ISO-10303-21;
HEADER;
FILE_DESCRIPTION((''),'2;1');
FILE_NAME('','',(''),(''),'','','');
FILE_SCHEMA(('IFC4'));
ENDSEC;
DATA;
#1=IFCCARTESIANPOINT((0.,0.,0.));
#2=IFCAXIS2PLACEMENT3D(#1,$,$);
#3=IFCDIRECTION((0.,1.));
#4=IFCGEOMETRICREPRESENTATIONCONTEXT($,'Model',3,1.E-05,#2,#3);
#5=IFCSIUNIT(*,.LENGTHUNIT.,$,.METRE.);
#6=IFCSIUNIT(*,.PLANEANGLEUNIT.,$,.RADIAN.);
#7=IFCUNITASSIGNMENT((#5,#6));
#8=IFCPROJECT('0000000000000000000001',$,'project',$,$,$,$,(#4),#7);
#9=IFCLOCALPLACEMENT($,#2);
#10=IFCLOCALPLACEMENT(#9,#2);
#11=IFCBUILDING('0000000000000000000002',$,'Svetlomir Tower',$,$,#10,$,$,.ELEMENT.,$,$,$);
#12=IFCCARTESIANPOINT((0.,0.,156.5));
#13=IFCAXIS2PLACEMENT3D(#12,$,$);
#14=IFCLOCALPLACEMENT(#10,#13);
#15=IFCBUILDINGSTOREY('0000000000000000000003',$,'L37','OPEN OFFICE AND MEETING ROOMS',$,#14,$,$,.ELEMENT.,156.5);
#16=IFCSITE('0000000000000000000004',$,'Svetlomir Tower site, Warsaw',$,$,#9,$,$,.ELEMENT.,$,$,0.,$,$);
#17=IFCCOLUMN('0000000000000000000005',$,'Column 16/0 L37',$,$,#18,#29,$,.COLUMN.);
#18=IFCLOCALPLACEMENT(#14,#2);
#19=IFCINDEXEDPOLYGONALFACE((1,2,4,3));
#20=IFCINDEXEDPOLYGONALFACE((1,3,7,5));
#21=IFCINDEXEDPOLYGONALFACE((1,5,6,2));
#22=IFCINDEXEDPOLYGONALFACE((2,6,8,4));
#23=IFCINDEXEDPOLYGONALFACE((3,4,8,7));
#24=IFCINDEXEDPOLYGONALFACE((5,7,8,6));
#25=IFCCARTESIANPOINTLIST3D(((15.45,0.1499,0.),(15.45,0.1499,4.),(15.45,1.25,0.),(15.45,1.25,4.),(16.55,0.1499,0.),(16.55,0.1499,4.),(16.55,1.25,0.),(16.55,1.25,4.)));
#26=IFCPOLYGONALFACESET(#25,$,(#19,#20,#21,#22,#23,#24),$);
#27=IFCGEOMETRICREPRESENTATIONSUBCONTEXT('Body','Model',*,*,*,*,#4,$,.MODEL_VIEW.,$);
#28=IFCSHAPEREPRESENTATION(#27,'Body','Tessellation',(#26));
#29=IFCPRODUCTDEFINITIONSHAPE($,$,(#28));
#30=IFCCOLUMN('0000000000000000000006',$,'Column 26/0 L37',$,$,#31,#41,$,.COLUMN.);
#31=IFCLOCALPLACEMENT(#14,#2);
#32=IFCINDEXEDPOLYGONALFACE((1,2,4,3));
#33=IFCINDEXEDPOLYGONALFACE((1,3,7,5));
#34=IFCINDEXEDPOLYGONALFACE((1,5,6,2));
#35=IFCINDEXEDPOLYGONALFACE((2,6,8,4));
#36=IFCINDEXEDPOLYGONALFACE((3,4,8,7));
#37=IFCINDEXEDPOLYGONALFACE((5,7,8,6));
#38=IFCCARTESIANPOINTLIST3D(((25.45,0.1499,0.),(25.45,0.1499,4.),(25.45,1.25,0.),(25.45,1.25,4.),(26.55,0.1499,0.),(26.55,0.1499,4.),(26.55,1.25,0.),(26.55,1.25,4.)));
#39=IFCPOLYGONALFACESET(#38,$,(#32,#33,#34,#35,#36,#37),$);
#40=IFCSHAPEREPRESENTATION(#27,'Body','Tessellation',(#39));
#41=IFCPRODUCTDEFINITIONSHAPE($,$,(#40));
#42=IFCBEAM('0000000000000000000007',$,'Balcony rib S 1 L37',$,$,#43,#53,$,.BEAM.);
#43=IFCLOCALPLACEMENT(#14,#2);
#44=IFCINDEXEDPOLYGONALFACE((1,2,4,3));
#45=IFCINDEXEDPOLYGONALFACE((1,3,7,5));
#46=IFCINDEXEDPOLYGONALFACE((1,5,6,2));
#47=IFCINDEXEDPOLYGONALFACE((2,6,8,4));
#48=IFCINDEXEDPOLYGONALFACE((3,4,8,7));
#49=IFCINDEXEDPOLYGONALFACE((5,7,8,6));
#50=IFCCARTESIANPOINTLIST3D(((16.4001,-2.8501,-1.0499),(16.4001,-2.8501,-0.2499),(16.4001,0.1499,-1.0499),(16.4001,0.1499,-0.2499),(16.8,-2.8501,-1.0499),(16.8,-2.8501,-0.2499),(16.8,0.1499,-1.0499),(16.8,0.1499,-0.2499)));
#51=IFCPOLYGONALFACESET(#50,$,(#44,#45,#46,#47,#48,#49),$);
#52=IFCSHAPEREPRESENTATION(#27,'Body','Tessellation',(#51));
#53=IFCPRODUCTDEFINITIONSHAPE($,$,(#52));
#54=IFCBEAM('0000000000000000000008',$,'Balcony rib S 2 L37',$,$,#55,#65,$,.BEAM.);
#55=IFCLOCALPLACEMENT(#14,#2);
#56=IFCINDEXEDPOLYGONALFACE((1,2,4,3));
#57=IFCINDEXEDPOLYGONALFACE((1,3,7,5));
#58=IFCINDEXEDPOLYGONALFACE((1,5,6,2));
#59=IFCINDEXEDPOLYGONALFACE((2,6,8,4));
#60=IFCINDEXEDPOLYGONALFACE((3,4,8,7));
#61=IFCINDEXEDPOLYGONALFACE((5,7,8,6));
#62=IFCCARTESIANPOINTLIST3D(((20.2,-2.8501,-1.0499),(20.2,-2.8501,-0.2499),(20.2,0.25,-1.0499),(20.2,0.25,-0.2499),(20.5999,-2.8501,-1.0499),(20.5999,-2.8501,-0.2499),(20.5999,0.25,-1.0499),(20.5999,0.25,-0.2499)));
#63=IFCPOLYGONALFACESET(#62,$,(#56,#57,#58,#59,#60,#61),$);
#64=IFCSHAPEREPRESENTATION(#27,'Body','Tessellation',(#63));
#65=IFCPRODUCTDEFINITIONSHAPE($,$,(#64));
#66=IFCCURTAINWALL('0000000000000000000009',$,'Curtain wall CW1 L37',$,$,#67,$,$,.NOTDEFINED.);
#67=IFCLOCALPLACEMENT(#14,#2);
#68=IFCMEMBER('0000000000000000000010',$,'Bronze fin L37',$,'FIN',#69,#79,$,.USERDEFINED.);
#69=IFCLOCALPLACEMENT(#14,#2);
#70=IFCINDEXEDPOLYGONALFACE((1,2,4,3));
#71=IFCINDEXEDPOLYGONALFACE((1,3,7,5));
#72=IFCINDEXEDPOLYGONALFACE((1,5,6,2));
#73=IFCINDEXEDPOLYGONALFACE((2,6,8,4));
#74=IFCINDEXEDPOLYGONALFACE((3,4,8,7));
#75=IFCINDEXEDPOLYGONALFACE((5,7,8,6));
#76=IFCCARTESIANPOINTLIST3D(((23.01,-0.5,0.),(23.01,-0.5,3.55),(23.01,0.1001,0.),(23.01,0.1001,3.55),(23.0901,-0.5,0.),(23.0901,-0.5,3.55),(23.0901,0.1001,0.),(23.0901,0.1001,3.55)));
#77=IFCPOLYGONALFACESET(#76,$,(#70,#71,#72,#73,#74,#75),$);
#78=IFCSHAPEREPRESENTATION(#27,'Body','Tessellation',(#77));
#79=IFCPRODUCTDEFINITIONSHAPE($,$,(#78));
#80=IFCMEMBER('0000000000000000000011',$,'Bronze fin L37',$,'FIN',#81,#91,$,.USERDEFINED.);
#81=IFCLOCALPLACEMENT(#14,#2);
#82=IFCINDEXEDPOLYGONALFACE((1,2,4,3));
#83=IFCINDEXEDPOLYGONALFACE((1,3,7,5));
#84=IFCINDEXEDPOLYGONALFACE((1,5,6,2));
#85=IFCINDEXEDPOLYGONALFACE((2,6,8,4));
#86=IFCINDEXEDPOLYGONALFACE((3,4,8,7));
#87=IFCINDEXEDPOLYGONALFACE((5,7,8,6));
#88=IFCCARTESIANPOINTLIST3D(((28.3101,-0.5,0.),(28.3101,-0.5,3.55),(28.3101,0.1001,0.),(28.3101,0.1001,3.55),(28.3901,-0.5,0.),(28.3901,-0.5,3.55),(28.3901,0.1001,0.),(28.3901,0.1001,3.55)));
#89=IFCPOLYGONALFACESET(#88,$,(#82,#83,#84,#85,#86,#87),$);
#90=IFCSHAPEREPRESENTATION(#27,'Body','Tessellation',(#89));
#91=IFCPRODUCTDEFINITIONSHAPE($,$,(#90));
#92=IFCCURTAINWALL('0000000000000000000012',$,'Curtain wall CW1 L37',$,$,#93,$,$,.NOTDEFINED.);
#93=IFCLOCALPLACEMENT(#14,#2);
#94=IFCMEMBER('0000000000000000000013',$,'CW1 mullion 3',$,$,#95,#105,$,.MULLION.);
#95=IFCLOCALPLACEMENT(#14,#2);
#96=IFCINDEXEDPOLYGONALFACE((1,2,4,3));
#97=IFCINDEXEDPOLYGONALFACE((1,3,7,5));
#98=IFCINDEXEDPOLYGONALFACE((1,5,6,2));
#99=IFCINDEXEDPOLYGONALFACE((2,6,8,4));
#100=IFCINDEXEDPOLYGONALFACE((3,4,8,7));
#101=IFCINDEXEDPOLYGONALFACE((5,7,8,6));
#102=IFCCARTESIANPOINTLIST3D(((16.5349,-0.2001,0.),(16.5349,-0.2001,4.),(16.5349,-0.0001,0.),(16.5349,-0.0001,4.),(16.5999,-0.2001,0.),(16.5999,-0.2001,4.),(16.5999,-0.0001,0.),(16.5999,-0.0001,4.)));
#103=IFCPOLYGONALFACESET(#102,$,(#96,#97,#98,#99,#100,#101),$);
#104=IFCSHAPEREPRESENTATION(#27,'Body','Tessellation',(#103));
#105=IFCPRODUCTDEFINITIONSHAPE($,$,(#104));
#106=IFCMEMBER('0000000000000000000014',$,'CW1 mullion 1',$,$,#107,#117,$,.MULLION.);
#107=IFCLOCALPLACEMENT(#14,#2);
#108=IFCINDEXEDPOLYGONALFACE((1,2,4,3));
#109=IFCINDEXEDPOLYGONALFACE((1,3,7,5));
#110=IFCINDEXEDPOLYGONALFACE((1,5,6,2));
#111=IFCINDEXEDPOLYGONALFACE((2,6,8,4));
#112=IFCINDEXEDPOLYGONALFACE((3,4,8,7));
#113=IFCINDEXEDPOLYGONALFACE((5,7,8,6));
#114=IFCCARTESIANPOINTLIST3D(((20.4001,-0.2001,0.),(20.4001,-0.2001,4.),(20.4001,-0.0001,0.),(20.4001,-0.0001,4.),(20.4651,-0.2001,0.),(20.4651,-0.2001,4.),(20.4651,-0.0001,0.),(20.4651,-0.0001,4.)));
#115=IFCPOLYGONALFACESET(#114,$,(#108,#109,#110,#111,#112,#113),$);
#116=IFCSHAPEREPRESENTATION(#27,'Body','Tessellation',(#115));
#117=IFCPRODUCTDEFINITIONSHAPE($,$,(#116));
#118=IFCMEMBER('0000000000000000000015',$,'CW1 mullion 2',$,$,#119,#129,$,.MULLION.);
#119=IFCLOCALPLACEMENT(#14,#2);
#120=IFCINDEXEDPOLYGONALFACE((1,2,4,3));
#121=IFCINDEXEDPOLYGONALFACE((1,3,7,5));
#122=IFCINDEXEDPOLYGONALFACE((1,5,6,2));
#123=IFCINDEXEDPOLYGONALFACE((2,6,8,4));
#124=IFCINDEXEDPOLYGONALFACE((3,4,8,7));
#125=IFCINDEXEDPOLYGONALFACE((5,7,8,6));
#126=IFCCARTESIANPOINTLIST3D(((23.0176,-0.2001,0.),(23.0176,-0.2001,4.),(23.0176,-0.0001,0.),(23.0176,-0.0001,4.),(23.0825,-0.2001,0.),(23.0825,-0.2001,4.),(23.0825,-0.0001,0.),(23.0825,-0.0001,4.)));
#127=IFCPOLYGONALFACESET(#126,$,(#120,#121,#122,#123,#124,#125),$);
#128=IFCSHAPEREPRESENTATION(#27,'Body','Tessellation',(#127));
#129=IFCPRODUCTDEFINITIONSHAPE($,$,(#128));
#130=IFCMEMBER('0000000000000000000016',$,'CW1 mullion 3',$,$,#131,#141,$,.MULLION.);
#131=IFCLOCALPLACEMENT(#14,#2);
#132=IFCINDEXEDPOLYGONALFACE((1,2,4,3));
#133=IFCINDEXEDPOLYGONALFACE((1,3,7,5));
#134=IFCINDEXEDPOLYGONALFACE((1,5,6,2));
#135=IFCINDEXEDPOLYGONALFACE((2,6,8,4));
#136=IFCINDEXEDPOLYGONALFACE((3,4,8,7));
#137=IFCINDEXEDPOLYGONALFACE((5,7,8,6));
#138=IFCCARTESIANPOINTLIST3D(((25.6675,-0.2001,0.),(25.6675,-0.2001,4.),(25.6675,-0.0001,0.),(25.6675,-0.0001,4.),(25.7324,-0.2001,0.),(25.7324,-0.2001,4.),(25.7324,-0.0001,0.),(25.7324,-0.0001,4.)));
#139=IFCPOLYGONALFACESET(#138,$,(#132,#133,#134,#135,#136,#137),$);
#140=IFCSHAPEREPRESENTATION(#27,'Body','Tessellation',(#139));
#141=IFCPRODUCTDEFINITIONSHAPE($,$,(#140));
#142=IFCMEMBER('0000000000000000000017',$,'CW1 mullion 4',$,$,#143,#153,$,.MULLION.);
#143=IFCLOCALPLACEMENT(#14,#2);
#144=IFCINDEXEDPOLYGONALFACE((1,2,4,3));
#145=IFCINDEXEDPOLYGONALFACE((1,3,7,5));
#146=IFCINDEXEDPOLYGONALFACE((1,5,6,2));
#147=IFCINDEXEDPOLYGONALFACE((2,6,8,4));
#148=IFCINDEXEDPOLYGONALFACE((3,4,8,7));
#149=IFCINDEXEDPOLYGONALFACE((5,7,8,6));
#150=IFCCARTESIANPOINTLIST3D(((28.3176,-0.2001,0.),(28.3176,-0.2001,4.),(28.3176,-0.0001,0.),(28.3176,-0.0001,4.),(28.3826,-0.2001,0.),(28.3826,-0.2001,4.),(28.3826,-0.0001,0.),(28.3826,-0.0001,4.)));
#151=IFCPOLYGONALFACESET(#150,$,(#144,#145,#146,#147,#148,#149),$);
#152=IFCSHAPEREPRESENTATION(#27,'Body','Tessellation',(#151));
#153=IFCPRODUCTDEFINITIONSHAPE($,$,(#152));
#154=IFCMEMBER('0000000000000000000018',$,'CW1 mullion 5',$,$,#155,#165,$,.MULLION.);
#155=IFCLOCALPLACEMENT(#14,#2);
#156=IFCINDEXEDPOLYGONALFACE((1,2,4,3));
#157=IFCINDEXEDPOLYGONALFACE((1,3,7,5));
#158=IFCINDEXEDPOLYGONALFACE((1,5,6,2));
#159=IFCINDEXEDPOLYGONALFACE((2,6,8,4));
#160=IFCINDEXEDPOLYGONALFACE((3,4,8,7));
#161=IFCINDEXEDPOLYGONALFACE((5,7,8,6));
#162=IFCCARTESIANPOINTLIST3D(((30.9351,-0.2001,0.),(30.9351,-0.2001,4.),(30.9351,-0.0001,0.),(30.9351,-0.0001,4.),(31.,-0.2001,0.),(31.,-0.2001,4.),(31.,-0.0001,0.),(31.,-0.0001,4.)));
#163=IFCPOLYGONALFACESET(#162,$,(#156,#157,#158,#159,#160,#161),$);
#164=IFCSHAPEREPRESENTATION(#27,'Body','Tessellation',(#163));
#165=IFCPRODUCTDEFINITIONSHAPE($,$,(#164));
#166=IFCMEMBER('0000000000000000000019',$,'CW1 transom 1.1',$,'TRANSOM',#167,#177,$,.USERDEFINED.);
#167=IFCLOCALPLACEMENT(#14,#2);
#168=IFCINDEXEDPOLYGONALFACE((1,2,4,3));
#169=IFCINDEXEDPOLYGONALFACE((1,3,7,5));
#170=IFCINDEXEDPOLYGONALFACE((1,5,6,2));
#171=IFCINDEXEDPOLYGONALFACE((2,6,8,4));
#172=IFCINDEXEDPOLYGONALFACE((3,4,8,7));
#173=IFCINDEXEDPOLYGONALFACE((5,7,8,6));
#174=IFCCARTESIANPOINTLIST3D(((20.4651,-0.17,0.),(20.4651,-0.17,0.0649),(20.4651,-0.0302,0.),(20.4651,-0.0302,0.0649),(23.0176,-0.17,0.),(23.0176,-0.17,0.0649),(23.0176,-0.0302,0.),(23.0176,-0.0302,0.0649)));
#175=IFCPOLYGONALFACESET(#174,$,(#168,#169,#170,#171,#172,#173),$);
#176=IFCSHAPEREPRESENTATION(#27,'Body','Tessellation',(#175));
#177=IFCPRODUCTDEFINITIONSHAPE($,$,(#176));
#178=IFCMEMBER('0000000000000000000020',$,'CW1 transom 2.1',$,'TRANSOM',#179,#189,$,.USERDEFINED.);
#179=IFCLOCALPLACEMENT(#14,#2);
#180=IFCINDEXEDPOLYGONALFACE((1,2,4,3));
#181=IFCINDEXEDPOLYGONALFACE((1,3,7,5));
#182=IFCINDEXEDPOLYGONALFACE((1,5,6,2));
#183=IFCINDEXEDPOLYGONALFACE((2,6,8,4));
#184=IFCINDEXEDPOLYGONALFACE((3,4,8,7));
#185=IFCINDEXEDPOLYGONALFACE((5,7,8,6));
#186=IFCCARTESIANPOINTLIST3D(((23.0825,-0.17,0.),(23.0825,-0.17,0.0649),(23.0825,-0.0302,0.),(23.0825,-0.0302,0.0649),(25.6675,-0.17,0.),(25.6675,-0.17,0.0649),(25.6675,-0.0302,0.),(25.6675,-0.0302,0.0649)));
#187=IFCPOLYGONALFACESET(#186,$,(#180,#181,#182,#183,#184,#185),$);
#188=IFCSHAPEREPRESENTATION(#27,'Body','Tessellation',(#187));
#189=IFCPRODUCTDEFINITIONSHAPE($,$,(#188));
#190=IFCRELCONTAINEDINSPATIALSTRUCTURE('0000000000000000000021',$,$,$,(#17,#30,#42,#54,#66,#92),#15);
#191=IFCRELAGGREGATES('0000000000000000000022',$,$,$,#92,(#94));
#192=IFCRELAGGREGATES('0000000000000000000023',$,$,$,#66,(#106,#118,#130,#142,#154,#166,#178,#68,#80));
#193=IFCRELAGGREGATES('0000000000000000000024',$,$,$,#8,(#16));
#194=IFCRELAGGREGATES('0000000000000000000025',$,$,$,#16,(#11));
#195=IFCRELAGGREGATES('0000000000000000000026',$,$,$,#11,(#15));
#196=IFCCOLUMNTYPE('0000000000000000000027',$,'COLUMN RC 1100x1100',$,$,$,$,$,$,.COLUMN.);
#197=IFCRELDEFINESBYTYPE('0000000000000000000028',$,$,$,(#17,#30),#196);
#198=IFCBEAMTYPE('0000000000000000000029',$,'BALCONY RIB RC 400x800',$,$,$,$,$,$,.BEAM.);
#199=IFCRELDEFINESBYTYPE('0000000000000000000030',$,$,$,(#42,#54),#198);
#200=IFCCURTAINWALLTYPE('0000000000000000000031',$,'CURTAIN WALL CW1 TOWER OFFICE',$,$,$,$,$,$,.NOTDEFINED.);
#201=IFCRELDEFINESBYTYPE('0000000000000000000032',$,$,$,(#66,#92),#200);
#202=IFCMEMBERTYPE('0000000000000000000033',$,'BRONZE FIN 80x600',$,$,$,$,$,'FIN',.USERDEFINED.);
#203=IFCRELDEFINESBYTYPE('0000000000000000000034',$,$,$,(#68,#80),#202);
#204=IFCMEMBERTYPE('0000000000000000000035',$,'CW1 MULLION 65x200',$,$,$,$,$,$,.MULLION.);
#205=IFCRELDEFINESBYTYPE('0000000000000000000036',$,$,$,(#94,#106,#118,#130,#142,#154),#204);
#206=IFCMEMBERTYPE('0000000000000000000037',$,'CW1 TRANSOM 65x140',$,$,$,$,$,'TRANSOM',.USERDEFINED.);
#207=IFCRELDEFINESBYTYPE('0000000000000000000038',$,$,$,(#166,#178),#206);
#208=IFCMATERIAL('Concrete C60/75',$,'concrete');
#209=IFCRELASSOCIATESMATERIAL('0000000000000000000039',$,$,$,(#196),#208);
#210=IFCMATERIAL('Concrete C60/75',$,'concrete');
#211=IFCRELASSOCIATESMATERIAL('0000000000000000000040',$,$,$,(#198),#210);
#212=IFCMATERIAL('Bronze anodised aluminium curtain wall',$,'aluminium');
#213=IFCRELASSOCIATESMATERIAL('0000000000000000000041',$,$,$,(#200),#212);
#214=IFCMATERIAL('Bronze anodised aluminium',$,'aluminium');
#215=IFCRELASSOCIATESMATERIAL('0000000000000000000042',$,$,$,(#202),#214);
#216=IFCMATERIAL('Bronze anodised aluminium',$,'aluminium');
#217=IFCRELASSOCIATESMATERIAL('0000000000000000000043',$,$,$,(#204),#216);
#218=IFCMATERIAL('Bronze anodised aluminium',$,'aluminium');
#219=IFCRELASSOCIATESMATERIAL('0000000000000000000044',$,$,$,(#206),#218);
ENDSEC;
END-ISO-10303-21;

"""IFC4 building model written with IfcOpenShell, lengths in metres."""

from ifc_helpers import new_model, si_unit, direction, frame, origin, origin_2d, place, context, subcontext, project, spatial, rectangle, extrude, material, material_profile, profile_set, type_object, element, aggregate, save


model = new_model("IFC4")

# Units and contexts
model_context = context("Model", 3, precision=1e-05, world=origin(), true_north=direction((0.0, 1.0)))
body_context = subcontext(model_context, "Body", "Model", "MODEL_VIEW")
ifc_project = project(units=[si_unit("LENGTHUNIT", "METRE"), si_unit("PLANEANGLEUNIT", "RADIAN")], contexts=[model_context])

# Site, building, storey
site_placement = place(None, origin())
site = spatial("IfcSite", under=ifc_project, at=site_placement, Name="Svetlomir Tower site, Warsaw", CompositionType="ELEMENT", RefElevation=0.0)
building_placement = place(site_placement, origin())
building = spatial("IfcBuilding", under=site, at=building_placement, Name="Svetlomir Tower", CompositionType="ELEMENT")
storey_placement = place(building_placement, frame((0.0, 0.0, 156.5)))
storey = spatial("IfcBuildingStorey", under=building, at=storey_placement, Name="L37", Description="OPEN OFFICE AND MEETING ROOMS", CompositionType="ELEMENT", Elevation=156.5)

# Columns
ifc_material_1 = material(Name="Concrete C60/75", Category="concrete")
ifc_material_profile_1 = material_profile(ifc_material_1, rectangle(XDim=1.1001, YDim=1.1001, at=origin_2d()), Name="RC 1100x1100")
ifc_profile_set_1 = profile_set([ifc_material_profile_1], Name="Concrete C60/75")
column_type = type_object("IfcColumnType", Name="COLUMN RC 1100x1100", PredefinedType="COLUMN", material=ifc_profile_set_1)
for number, where, z_axis, x_axis, name in (
    (1, (16.0, 0.7, 0.0), (0.0, 0.0, 1.0), (1.0, 0.0, 0.0), "Column 16/0 L37"),
    (2, (26.0, 0.7, 0.0), (0.0, 0.0, 1.0), (1.0, 0.0, 0.0), "Column 26/0 L37"),
):
    element("IfcColumn", number, at=place(storey_placement, frame(where, z_axis=z_axis, x_axis=x_axis)), inside=storey, type_object=column_type, Name=name, PredefinedType="COLUMN", context=body_context, shape_type="SweptSolid", body=[
        extrude(rectangle(XDim=1.1001, YDim=1.1001, at=origin_2d()), origin(), (0.0, 0.0, 1.0), 4.0),
    ])

# Beams
ifc_material_2 = material(Name="Concrete C60/75", Category="concrete")
ifc_material_profile_2 = material_profile(ifc_material_2, rectangle(XDim=0.3999, YDim=0.8, at=origin_2d()), Name="RC 400x800")
ifc_profile_set_2 = profile_set([ifc_material_profile_2], Name="Concrete C60/75")
beam_type_1 = type_object("IfcBeamType", Name="BALCONY RIB RC 400x800", PredefinedType="BEAM", material=ifc_profile_set_2)
beam_1_placement = place(storey_placement, frame((16.6001, 0.1499, -0.6499), z_axis=(0.0, -1.0, 0.0), x_axis=(1.0, 0.0, 0.0)))
element("IfcBeam", 3, at=beam_1_placement, inside=storey, type_object=beam_type_1, Name="Balcony rib S 1 L37", PredefinedType="BEAM", context=body_context, shape_type="SweptSolid", body=[
    extrude(rectangle(XDim=0.3999, YDim=0.8, at=origin_2d()), origin(), (0.0, 0.0, 1.0), 3.0),
])
beam_2_placement = place(storey_placement, frame((20.3999, 0.25, -0.6499), z_axis=(0.0, -1.0, 0.0), x_axis=(1.0, 0.0, 0.0)))
element("IfcBeam", 4, at=beam_2_placement, inside=storey, type_object=beam_type_1, Name="Balcony rib S 2 L37", PredefinedType="BEAM", context=body_context, shape_type="SweptSolid", body=[
    extrude(rectangle(XDim=0.3999, YDim=0.8, at=origin_2d()), origin(), (0.0, 0.0, 1.0), 3.1001),
])

# Curtain wall, members
ifc_material_3 = material(Name="Bronze anodised aluminium curtain wall", Category="aluminium")
curtain_wall_type = type_object("IfcCurtainWallType", Name="CURTAIN WALL CW1 TOWER OFFICE", PredefinedType="NOTDEFINED", material=ifc_material_3)
curtain_wall_1_placement = place(storey_placement, origin())
curtain_wall_1 = element("IfcCurtainWall", 5, at=curtain_wall_1_placement, inside=storey, type_object=curtain_wall_type, Name="Curtain wall CW1 L37", PredefinedType="NOTDEFINED")
ifc_material_4 = material(Name="Bronze anodised aluminium", Category="aluminium")
ifc_material_profile_3 = material_profile(ifc_material_4, rectangle(XDim=0.0801, YDim=0.6001, at=origin_2d()), Name="FIN 80x600")
ifc_profile_set_3 = profile_set([ifc_material_profile_3], Name="Bronze anodised aluminium 6063-T6")
member_type_1 = type_object("IfcMemberType", Name="BRONZE FIN 80x600", ElementType="FIN", PredefinedType="USERDEFINED", material=ifc_profile_set_3)
member_1_placement = place(storey_placement, frame((23.05, -0.2, 0.0), z_axis=(0.0, 0.0, 1.0), x_axis=(1.0, 0.0, 0.0)))
member_1 = element("IfcMember", 6, at=member_1_placement, type_object=member_type_1, Name="Bronze fin L37", ObjectType="FIN", PredefinedType="USERDEFINED", context=body_context, shape_type="SweptSolid", body=[
    extrude(rectangle(XDim=0.0801, YDim=0.6001, at=origin_2d()), origin(), (0.0, 0.0, 1.0), 3.55),
])
member_2_placement = place(storey_placement, frame((28.3501, -0.2, 0.0), z_axis=(0.0, 0.0, 1.0), x_axis=(1.0, 0.0, 0.0)))
member_2 = element("IfcMember", 7, at=member_2_placement, type_object=member_type_1, Name="Bronze fin L37", ObjectType="FIN", PredefinedType="USERDEFINED", context=body_context, shape_type="SweptSolid", body=[
    extrude(rectangle(XDim=0.0801, YDim=0.6001, at=origin_2d()), origin(), (0.0, 0.0, 1.0), 3.55),
])

# Curtain wall, member
curtain_wall_2_placement = place(storey_placement, origin())
curtain_wall_2 = element("IfcCurtainWall", 8, at=curtain_wall_2_placement, inside=storey, type_object=curtain_wall_type, Name="Curtain wall CW1 L37", PredefinedType="NOTDEFINED")
ifc_material_5 = material(Name="Bronze anodised aluminium", Category="aluminium")
ifc_material_profile_4 = material_profile(ifc_material_5, rectangle(XDim=0.0649, YDim=0.2, at=origin_2d()), Name="AL 65x200")
ifc_profile_set_4 = profile_set([ifc_material_profile_4], Name="Bronze anodised aluminium 6063-T6")
member_type_2 = type_object("IfcMemberType", Name="CW1 MULLION 65x200", PredefinedType="MULLION", material=ifc_profile_set_4)
member_3_placement = place(storey_placement, frame((16.5674, -0.1001, 0.0), z_axis=(0.0, 0.0, 1.0), x_axis=(1.0, 0.0, 0.0)))
member_3 = element("IfcMember", 9, at=member_3_placement, type_object=member_type_2, Name="CW1 mullion 3", PredefinedType="MULLION", context=body_context, shape_type="SweptSolid", body=[
    extrude(rectangle(XDim=0.0649, YDim=0.2, at=origin_2d()), origin(), (0.0, 0.0, 1.0), 4.0),
])
aggregate(curtain_wall_2, [member_3])

# Members
member_4_placement = place(storey_placement, frame((20.4326, -0.1001, 0.0), z_axis=(0.0, 0.0, 1.0), x_axis=(1.0, 0.0, 0.0)))
member_4 = element("IfcMember", 10, at=member_4_placement, type_object=member_type_2, Name="CW1 mullion 1", PredefinedType="MULLION", context=body_context, shape_type="SweptSolid", body=[
    extrude(rectangle(XDim=0.0649, YDim=0.2, at=origin_2d()), origin(), (0.0, 0.0, 1.0), 4.0),
])
member_5_placement = place(storey_placement, frame((23.05, -0.1001, 0.0), z_axis=(0.0, 0.0, 1.0), x_axis=(1.0, 0.0, 0.0)))
member_5 = element("IfcMember", 11, at=member_5_placement, type_object=member_type_2, Name="CW1 mullion 2", PredefinedType="MULLION", context=body_context, shape_type="SweptSolid", body=[
    extrude(rectangle(XDim=0.0649, YDim=0.2, at=origin_2d()), origin(), (0.0, 0.0, 1.0), 4.0),
])
member_6_placement = place(storey_placement, frame((25.7, -0.1001, 0.0), z_axis=(0.0, 0.0, 1.0), x_axis=(1.0, 0.0, 0.0)))
member_6 = element("IfcMember", 12, at=member_6_placement, type_object=member_type_2, Name="CW1 mullion 3", PredefinedType="MULLION", context=body_context, shape_type="SweptSolid", body=[
    extrude(rectangle(XDim=0.0649, YDim=0.2, at=origin_2d()), origin(), (0.0, 0.0, 1.0), 4.0),
])
member_7_placement = place(storey_placement, frame((28.3501, -0.1001, 0.0), z_axis=(0.0, 0.0, 1.0), x_axis=(1.0, 0.0, 0.0)))
member_7 = element("IfcMember", 13, at=member_7_placement, type_object=member_type_2, Name="CW1 mullion 4", PredefinedType="MULLION", context=body_context, shape_type="SweptSolid", body=[
    extrude(rectangle(XDim=0.0649, YDim=0.2, at=origin_2d()), origin(), (0.0, 0.0, 1.0), 4.0),
])
member_8_placement = place(storey_placement, frame((30.9675, -0.1001, 0.0), z_axis=(0.0, 0.0, 1.0), x_axis=(1.0, 0.0, 0.0)))
member_8 = element("IfcMember", 14, at=member_8_placement, type_object=member_type_2, Name="CW1 mullion 5", PredefinedType="MULLION", context=body_context, shape_type="SweptSolid", body=[
    extrude(rectangle(XDim=0.0649, YDim=0.2, at=origin_2d()), origin(), (0.0, 0.0, 1.0), 4.0),
])
ifc_material_6 = material(Name="Bronze anodised aluminium", Category="aluminium")
ifc_material_profile_5 = material_profile(ifc_material_6, rectangle(XDim=0.1399, YDim=0.0649, at=origin_2d()), Name="AL 140x65")
ifc_profile_set_5 = profile_set([ifc_material_profile_5], Name="Bronze anodised aluminium 6063-T6")
member_type_3 = type_object("IfcMemberType", Name="CW1 TRANSOM 65x140", ElementType="TRANSOM", PredefinedType="USERDEFINED", material=ifc_profile_set_5)
member_9_placement = place(storey_placement, frame((20.4651, -0.1001, 0.0325), z_axis=(1.0, 0.0, 0.0), x_axis=(0.0, 1.0, 0.0)))
member_9 = element("IfcMember", 15, at=member_9_placement, type_object=member_type_3, Name="CW1 transom 1.1", ObjectType="TRANSOM", PredefinedType="USERDEFINED", context=body_context, shape_type="SweptSolid", body=[
    extrude(rectangle(XDim=0.1399, YDim=0.0649, at=origin_2d()), origin(), (0.0, 0.0, 1.0), 2.5525),
])
member_10_placement = place(storey_placement, frame((23.0825, -0.1001, 0.0325), z_axis=(1.0, 0.0, 0.0), x_axis=(0.0, 1.0, 0.0)))
member_10 = element("IfcMember", 16, at=member_10_placement, type_object=member_type_3, Name="CW1 transom 2.1", ObjectType="TRANSOM", PredefinedType="USERDEFINED", context=body_context, shape_type="SweptSolid", body=[
    extrude(rectangle(XDim=0.1399, YDim=0.0649, at=origin_2d()), origin(), (0.0, 0.0, 1.0), 2.585),
])

aggregate(curtain_wall_1, [member_4, member_5, member_6, member_7, member_8, member_9, member_10, member_1, member_2])

save(model, "model.ifc")
